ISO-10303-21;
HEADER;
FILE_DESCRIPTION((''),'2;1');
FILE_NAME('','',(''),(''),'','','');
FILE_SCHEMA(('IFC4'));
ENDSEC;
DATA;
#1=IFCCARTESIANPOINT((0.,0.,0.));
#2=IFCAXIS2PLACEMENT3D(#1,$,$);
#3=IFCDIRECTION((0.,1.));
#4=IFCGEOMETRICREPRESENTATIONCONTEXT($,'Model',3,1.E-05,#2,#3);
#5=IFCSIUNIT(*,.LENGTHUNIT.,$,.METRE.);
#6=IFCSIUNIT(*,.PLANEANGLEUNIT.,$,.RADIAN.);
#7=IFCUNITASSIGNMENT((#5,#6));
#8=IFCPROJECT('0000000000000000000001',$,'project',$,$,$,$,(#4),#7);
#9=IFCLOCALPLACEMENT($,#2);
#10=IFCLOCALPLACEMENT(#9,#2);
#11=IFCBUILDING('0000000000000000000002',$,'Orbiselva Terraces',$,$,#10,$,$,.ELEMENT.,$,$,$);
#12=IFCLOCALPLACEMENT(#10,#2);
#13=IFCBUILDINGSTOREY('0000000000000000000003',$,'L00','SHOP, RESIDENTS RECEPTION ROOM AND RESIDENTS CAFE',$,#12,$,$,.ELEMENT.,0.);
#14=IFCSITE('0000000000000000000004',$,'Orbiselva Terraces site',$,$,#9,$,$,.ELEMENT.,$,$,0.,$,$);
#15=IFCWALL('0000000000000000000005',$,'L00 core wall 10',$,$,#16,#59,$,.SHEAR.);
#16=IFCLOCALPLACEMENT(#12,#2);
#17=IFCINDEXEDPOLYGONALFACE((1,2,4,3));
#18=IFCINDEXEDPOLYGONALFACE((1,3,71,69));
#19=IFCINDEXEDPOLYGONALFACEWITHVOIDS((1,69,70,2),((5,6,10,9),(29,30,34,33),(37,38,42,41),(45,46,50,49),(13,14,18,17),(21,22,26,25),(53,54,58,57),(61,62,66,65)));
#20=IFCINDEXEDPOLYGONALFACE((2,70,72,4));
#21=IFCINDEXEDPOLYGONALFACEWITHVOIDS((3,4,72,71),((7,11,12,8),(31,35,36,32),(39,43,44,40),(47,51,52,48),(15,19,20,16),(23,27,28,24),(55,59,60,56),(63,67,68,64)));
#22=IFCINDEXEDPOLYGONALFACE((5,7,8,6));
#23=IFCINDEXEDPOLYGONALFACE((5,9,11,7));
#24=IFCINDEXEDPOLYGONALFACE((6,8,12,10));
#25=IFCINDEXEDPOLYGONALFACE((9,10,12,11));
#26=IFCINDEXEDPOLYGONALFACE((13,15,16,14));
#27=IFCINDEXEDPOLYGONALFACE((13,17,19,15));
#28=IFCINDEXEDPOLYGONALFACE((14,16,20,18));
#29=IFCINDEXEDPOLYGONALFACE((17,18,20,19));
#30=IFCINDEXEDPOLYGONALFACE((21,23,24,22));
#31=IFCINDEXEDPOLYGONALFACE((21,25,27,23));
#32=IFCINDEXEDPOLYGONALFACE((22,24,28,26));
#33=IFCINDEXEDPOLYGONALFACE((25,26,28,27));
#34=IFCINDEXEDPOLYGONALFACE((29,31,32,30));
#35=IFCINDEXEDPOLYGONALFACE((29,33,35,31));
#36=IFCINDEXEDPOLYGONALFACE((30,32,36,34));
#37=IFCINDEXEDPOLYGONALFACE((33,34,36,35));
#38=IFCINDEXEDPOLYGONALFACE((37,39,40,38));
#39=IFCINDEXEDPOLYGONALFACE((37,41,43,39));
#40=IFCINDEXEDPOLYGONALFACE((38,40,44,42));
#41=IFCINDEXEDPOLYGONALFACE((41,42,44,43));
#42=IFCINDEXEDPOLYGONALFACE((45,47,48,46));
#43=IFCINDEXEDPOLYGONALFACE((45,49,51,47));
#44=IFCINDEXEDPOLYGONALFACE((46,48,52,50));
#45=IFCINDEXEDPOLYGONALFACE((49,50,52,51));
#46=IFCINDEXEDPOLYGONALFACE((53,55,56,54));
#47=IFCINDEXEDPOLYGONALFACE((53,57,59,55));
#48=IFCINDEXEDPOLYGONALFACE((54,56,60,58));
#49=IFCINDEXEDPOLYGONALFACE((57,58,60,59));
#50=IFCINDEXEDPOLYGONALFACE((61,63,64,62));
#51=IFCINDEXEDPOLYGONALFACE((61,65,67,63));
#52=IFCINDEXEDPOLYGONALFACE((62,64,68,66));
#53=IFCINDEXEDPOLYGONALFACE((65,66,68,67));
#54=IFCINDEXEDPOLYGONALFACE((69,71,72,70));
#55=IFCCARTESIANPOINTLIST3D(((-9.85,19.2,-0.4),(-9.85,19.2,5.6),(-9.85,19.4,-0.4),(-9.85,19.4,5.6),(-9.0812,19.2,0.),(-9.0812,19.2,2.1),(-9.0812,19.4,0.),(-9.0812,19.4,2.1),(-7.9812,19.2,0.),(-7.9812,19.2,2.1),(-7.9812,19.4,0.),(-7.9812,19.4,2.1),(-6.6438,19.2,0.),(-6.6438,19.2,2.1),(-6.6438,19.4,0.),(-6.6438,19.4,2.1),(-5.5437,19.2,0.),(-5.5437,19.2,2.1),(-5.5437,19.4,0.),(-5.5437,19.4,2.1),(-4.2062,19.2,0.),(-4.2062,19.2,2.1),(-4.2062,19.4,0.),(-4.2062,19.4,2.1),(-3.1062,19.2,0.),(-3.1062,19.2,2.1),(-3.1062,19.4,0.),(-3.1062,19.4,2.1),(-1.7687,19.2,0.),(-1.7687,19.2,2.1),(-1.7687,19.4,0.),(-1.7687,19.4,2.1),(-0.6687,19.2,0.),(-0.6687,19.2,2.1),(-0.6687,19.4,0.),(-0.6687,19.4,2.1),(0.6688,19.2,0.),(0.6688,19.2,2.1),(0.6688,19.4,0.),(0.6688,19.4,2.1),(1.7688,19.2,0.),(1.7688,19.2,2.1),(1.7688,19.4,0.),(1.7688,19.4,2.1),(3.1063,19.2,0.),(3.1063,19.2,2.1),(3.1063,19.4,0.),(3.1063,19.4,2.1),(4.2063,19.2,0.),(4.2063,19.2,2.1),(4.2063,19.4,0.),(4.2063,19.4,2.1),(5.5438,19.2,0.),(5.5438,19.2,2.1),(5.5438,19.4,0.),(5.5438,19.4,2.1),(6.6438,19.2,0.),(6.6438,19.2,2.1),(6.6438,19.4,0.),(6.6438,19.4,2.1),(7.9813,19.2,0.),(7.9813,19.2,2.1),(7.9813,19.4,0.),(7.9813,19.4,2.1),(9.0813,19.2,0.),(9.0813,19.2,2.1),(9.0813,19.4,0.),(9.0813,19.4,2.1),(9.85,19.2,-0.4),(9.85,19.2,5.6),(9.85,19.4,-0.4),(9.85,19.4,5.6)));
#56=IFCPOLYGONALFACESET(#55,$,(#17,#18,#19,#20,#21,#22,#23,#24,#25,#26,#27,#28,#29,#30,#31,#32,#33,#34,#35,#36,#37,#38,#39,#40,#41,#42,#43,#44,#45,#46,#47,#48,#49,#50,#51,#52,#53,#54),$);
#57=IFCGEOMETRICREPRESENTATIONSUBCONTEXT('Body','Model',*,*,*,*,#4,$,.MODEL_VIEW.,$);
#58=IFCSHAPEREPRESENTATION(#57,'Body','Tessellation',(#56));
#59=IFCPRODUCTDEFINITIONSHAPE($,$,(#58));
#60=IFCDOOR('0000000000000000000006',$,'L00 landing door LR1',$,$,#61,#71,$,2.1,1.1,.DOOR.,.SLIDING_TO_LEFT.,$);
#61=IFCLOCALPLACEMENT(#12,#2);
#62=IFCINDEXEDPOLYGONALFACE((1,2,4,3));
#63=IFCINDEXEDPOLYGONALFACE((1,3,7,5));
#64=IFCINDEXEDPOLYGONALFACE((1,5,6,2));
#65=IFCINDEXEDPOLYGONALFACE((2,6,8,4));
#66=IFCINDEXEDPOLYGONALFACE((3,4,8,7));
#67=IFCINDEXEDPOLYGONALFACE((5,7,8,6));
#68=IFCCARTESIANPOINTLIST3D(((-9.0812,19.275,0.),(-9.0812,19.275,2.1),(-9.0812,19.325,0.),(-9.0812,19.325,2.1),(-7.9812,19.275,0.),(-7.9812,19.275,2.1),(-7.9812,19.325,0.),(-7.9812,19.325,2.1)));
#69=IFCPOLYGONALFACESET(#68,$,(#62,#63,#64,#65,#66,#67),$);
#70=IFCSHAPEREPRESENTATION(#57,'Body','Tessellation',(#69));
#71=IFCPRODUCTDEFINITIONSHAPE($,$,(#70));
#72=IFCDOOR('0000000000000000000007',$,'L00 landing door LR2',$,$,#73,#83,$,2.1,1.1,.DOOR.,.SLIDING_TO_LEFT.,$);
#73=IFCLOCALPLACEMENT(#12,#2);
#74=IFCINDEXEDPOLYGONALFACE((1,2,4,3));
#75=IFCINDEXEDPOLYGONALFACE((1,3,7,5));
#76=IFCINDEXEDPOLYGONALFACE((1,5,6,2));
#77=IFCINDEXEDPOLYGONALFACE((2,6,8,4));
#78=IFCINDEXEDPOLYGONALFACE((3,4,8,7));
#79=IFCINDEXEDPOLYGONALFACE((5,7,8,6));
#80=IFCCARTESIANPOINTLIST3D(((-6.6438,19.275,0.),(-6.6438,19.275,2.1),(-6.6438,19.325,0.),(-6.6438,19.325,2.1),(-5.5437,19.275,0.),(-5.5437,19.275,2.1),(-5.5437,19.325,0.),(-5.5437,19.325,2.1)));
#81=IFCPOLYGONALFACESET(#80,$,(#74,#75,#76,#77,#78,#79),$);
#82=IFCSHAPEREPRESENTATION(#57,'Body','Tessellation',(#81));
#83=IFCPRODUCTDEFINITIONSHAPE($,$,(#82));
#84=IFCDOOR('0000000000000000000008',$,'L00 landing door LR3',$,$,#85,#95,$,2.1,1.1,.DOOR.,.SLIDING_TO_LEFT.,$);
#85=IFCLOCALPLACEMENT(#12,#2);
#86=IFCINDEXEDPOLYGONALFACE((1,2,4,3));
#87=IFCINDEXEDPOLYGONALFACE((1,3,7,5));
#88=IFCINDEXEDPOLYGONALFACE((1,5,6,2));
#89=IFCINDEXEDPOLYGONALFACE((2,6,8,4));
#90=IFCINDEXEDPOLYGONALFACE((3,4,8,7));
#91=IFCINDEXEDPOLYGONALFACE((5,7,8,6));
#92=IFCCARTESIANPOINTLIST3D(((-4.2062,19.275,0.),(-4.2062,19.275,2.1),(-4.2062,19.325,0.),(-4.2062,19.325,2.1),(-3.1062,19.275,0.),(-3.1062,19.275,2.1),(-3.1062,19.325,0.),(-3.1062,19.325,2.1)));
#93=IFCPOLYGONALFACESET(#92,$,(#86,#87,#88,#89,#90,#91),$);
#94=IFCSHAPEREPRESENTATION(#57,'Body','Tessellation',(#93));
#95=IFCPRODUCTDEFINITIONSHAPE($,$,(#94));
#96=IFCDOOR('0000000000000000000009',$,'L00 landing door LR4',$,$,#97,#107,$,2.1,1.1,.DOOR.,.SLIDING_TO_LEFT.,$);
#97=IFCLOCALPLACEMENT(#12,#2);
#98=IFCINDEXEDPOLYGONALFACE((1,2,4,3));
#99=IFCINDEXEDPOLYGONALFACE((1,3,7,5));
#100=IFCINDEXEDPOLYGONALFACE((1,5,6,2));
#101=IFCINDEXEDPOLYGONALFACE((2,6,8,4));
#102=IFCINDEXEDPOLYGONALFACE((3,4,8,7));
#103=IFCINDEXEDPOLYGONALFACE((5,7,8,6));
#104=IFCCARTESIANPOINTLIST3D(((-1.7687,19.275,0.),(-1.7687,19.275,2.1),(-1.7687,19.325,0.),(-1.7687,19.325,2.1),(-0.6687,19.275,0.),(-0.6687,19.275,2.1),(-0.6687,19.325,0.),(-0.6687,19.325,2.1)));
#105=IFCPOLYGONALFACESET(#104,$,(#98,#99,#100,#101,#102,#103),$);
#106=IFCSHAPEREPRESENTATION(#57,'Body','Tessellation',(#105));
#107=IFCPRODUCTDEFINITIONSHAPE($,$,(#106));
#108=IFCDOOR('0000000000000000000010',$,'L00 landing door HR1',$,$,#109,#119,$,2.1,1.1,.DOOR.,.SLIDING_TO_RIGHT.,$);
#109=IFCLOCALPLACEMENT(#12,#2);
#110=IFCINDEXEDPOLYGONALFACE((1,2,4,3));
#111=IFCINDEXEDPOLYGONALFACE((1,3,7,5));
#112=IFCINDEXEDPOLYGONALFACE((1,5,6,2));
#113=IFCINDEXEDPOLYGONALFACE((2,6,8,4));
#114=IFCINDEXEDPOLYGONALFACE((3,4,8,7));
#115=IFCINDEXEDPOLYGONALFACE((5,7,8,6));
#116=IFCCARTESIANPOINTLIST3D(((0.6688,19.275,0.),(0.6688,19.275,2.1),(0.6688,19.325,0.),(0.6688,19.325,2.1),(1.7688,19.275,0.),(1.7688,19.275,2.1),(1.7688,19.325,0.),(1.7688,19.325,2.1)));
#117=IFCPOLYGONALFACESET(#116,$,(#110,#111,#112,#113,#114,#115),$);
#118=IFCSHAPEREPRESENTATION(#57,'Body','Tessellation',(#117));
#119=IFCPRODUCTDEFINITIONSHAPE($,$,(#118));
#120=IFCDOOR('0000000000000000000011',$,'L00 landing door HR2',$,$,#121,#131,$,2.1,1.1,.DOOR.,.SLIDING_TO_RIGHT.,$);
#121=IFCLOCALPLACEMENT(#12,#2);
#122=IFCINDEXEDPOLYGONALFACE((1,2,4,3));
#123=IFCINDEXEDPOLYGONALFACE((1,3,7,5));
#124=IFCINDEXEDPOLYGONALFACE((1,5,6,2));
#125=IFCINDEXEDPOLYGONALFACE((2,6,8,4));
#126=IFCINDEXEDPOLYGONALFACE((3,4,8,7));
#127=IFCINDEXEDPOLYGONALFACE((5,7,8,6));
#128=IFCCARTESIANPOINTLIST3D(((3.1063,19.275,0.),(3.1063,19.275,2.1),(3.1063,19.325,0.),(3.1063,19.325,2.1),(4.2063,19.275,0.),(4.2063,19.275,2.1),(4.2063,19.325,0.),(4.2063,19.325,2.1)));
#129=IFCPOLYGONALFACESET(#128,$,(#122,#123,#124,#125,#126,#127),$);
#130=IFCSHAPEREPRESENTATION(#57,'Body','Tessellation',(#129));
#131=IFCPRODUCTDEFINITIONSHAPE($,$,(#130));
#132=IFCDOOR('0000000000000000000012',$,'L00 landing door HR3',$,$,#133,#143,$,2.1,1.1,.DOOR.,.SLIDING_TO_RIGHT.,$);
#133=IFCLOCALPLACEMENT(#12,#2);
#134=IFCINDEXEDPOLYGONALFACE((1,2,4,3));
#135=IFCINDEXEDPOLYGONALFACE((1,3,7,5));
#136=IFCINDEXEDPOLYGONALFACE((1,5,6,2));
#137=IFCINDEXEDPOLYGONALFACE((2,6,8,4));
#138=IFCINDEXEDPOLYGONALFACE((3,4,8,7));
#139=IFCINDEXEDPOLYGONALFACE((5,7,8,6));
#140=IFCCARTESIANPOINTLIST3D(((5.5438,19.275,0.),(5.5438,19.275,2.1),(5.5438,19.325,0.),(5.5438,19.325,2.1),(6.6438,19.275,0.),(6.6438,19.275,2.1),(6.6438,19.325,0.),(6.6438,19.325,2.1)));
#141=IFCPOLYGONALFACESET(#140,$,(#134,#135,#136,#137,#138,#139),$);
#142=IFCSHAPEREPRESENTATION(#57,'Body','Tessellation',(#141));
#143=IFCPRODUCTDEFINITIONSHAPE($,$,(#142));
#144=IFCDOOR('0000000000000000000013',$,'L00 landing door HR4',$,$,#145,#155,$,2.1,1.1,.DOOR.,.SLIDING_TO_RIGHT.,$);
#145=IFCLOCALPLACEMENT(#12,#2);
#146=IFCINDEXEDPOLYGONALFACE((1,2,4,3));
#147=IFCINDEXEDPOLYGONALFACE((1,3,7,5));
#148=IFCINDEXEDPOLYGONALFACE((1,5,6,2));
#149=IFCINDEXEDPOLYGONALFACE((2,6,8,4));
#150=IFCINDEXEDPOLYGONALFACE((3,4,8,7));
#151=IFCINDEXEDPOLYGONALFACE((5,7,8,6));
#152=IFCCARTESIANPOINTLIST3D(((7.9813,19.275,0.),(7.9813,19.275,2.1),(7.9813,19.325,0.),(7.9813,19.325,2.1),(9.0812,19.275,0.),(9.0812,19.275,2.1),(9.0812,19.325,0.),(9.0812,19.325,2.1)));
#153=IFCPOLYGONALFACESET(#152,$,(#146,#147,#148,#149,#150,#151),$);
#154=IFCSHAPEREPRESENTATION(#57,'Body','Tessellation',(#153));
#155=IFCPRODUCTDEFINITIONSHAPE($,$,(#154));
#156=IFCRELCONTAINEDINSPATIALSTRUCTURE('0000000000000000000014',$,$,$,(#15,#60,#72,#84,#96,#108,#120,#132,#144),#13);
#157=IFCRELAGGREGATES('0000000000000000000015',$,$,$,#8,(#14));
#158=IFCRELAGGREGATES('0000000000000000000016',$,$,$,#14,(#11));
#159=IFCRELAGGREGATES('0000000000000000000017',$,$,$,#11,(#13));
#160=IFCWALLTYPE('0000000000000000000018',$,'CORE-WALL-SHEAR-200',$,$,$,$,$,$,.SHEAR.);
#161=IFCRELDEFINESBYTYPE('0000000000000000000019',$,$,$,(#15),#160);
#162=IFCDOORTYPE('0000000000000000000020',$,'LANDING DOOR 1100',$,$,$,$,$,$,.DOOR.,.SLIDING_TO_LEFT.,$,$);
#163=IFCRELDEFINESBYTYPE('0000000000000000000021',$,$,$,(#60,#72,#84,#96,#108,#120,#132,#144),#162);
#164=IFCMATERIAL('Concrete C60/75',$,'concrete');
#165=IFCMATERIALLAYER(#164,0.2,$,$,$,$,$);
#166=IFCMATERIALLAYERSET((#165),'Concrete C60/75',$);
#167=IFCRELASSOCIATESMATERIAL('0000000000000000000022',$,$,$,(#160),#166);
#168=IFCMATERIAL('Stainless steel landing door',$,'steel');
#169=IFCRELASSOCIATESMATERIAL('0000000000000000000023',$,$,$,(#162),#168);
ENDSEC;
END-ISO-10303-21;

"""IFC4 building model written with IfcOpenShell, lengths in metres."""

from ifc_helpers import new_model, si_unit, direction, frame, frame_2d, origin, place, context, subcontext, project, spatial, rectangle, extrude, material, layer, layer_set, type_object, element, fill, save


model = new_model("IFC4")

# Units and contexts
model_context = context("Model", 3, precision=1e-05, world=origin(), true_north=direction((0.0, 1.0)))
body_context = subcontext(model_context, "Body", "Model", "MODEL_VIEW")
ifc_project = project(units=[si_unit("LENGTHUNIT", "METRE"), si_unit("PLANEANGLEUNIT", "RADIAN")], contexts=[model_context])

# Site, building, storey
site_placement = place(None, origin())
site = spatial("IfcSite", under=ifc_project, at=site_placement, Name="Orbiselva Terraces site", CompositionType="ELEMENT", RefElevation=0.0)
building_placement = place(site_placement, origin())
building = spatial("IfcBuilding", under=site, at=building_placement, Name="Orbiselva Terraces", CompositionType="ELEMENT")
storey_placement = place(building_placement, origin())
storey = spatial("IfcBuildingStorey", under=building, at=storey_placement, Name="L00", Description="SHOP, RESIDENTS RECEPTION ROOM AND RESIDENTS CAFE", CompositionType="ELEMENT", Elevation=0.0)

# Shared definitions
ifc_material_1 = material(Name="Concrete C60/75", Category="concrete")
ifc_layer_1 = layer(ifc_material_1, 0.2)
ifc_layer_set_1 = layer_set([ifc_layer_1], Name="Concrete C60/75")
wall_type_1 = type_object("IfcWallType", Name="CORE-WALL-SHEAR-200", PredefinedType="SHEAR", material=ifc_layer_set_1)

# Wall, openings, doors
wall_1_placement = place(storey_placement, frame((-9.85, 19.3, -0.4), z_axis=(0.0, 0.0, 1.0), x_axis=(1.0, 0.0, 0.0)))
wall_1 = element("IfcWall", 1, at=wall_1_placement, inside=storey, type_object=wall_type_1, Name="L00 core wall 10", PredefinedType="SHEAR", context=body_context, shape_type="SweptSolid", body=[
    extrude(rectangle(XDim=19.7, YDim=0.2, at=frame_2d((9.85, 0.0))), origin(), (0.0, 0.0, 1.0), 6.0),
])
opening_1_placement = place(wall_1_placement, frame((0.7688, 0.0, 0.4)))
opening_1 = element("IfcOpeningElement", 2, at=opening_1_placement, cuts=wall_1, PredefinedType="OPENING", context=body_context, shape_type="SweptSolid", body=[
    extrude(rectangle(XDim=1.1, YDim=2.1, at=frame_2d((0.55, 1.05))), frame((0.0, 0.11, 0.0), z_axis=(0.0, -1.0, 0.0), x_axis=(1.0, 0.0, 0.0)), (0.0, 0.0, 1.0), 0.22),
])
opening_2_placement = place(wall_1_placement, frame((3.2062, 0.0, 0.4)))
opening_2 = element("IfcOpeningElement", 3, at=opening_2_placement, cuts=wall_1, PredefinedType="OPENING", context=body_context, shape_type="SweptSolid", body=[
    extrude(rectangle(XDim=1.1, YDim=2.1, at=frame_2d((0.55, 1.05))), frame((0.0, 0.11, 0.0), z_axis=(0.0, -1.0, 0.0), x_axis=(1.0, 0.0, 0.0)), (0.0, 0.0, 1.0), 0.22),
])
opening_3_placement = place(wall_1_placement, frame((5.6437, 0.0, 0.4)))
opening_3 = element("IfcOpeningElement", 4, at=opening_3_placement, cuts=wall_1, PredefinedType="OPENING", context=body_context, shape_type="SweptSolid", body=[
    extrude(rectangle(XDim=1.1, YDim=2.1, at=frame_2d((0.55, 1.05))), frame((0.0, 0.11, 0.0), z_axis=(0.0, -1.0, 0.0), x_axis=(1.0, 0.0, 0.0)), (0.0, 0.0, 1.0), 0.22),
])
opening_4_placement = place(wall_1_placement, frame((8.0813, 0.0, 0.4)))
opening_4 = element("IfcOpeningElement", 5, at=opening_4_placement, cuts=wall_1, PredefinedType="OPENING", context=body_context, shape_type="SweptSolid", body=[
    extrude(rectangle(XDim=1.1, YDim=2.1, at=frame_2d((0.55, 1.05))), frame((0.0, 0.11, 0.0), z_axis=(0.0, -1.0, 0.0), x_axis=(1.0, 0.0, 0.0)), (0.0, 0.0, 1.0), 0.22),
])
opening_5_placement = place(wall_1_placement, frame((10.5188, 0.0, 0.4)))
opening_5 = element("IfcOpeningElement", 6, at=opening_5_placement, cuts=wall_1, PredefinedType="OPENING", context=body_context, shape_type="SweptSolid", body=[
    extrude(rectangle(XDim=1.1, YDim=2.1, at=frame_2d((0.55, 1.05))), frame((0.0, 0.11, 0.0), z_axis=(0.0, -1.0, 0.0), x_axis=(1.0, 0.0, 0.0)), (0.0, 0.0, 1.0), 0.22),
])
opening_6_placement = place(wall_1_placement, frame((12.9563, 0.0, 0.4)))
opening_6 = element("IfcOpeningElement", 7, at=opening_6_placement, cuts=wall_1, PredefinedType="OPENING", context=body_context, shape_type="SweptSolid", body=[
    extrude(rectangle(XDim=1.1, YDim=2.1, at=frame_2d((0.55, 1.05))), frame((0.0, 0.11, 0.0), z_axis=(0.0, -1.0, 0.0), x_axis=(1.0, 0.0, 0.0)), (0.0, 0.0, 1.0), 0.22),
])
opening_7_placement = place(wall_1_placement, frame((15.3938, 0.0, 0.4)))
opening_7 = element("IfcOpeningElement", 8, at=opening_7_placement, cuts=wall_1, PredefinedType="OPENING", context=body_context, shape_type="SweptSolid", body=[
    extrude(rectangle(XDim=1.1, YDim=2.1, at=frame_2d((0.55, 1.05))), frame((0.0, 0.11, 0.0), z_axis=(0.0, -1.0, 0.0), x_axis=(1.0, 0.0, 0.0)), (0.0, 0.0, 1.0), 0.22),
])
opening_8_placement = place(wall_1_placement, frame((17.8313, 0.0, 0.4)))
opening_8 = element("IfcOpeningElement", 9, at=opening_8_placement, cuts=wall_1, PredefinedType="OPENING", context=body_context, shape_type="SweptSolid", body=[
    extrude(rectangle(XDim=1.1, YDim=2.1, at=frame_2d((0.55, 1.05))), frame((0.0, 0.11, 0.0), z_axis=(0.0, -1.0, 0.0), x_axis=(1.0, 0.0, 0.0)), (0.0, 0.0, 1.0), 0.22),
])
ifc_material_2 = material(Name="Stainless steel landing door", Category="steel")
door_type_1 = type_object("IfcDoorType", Name="LANDING DOOR 1100", OperationType="SLIDING_TO_LEFT", PredefinedType="DOOR", material=ifc_material_2)
door_1_placement = place(opening_1_placement, origin())
door_1 = element("IfcDoor", 10, at=door_1_placement, inside=storey, type_object=door_type_1, Name="L00 landing door LR1", OperationType="SLIDING_TO_LEFT", OverallHeight=2.1, OverallWidth=1.1, PredefinedType="DOOR", context=body_context, shape_type="SweptSolid", body=[
    extrude(rectangle(XDim=1.1, YDim=2.1, at=frame_2d((0.55, 1.05))), frame((0.0, 0.025, 0.0), z_axis=(0.0, -1.0, 0.0), x_axis=(1.0, 0.0, 0.0)), (0.0, 0.0, 1.0), 0.05),
])
fill(opening_1, door_1)
door_2_placement = place(opening_2_placement, origin())
door_2 = element("IfcDoor", 11, at=door_2_placement, inside=storey, type_object=door_type_1, Name="L00 landing door LR2", OperationType="SLIDING_TO_LEFT", OverallHeight=2.1, OverallWidth=1.1, PredefinedType="DOOR", context=body_context, shape_type="SweptSolid", body=[
    extrude(rectangle(XDim=1.1, YDim=2.1, at=frame_2d((0.55, 1.05))), frame((0.0, 0.025, 0.0), z_axis=(0.0, -1.0, 0.0), x_axis=(1.0, 0.0, 0.0)), (0.0, 0.0, 1.0), 0.05),
])
fill(opening_2, door_2)
door_3_placement = place(opening_3_placement, origin())
door_3 = element("IfcDoor", 12, at=door_3_placement, inside=storey, type_object=door_type_1, Name="L00 landing door LR3", OperationType="SLIDING_TO_LEFT", OverallHeight=2.1, OverallWidth=1.1, PredefinedType="DOOR", context=body_context, shape_type="SweptSolid", body=[
    extrude(rectangle(XDim=1.1, YDim=2.1, at=frame_2d((0.55, 1.05))), frame((0.0, 0.025, 0.0), z_axis=(0.0, -1.0, 0.0), x_axis=(1.0, 0.0, 0.0)), (0.0, 0.0, 1.0), 0.05),
])
fill(opening_3, door_3)
door_4_placement = place(opening_4_placement, origin())
door_4 = element("IfcDoor", 13, at=door_4_placement, inside=storey, type_object=door_type_1, Name="L00 landing door LR4", OperationType="SLIDING_TO_LEFT", OverallHeight=2.1, OverallWidth=1.1, PredefinedType="DOOR", context=body_context, shape_type="SweptSolid", body=[
    extrude(rectangle(XDim=1.1, YDim=2.1, at=frame_2d((0.55, 1.05))), frame((0.0, 0.025, 0.0), z_axis=(0.0, -1.0, 0.0), x_axis=(1.0, 0.0, 0.0)), (0.0, 0.0, 1.0), 0.05),
])
fill(opening_4, door_4)
door_5_placement = place(opening_5_placement, origin())
door_5 = element("IfcDoor", 14, at=door_5_placement, inside=storey, type_object=door_type_1, Name="L00 landing door HR1", OperationType="SLIDING_TO_RIGHT", OverallHeight=2.1, OverallWidth=1.1, PredefinedType="DOOR", context=body_context, shape_type="SweptSolid", body=[
    extrude(rectangle(XDim=1.1, YDim=2.1, at=frame_2d((0.55, 1.05))), frame((0.0, 0.025, 0.0), z_axis=(0.0, -1.0, 0.0), x_axis=(1.0, 0.0, 0.0)), (0.0, 0.0, 1.0), 0.05),
])
fill(opening_5, door_5)
door_6_placement = place(opening_6_placement, origin())
door_6 = element("IfcDoor", 15, at=door_6_placement, inside=storey, type_object=door_type_1, Name="L00 landing door HR2", OperationType="SLIDING_TO_RIGHT", OverallHeight=2.1, OverallWidth=1.1, PredefinedType="DOOR", context=body_context, shape_type="SweptSolid", body=[
    extrude(rectangle(XDim=1.1, YDim=2.1, at=frame_2d((0.55, 1.05))), frame((0.0, 0.025, 0.0), z_axis=(0.0, -1.0, 0.0), x_axis=(1.0, 0.0, 0.0)), (0.0, 0.0, 1.0), 0.05),
])
fill(opening_6, door_6)
door_7_placement = place(opening_7_placement, origin())
door_7 = element("IfcDoor", 16, at=door_7_placement, inside=storey, type_object=door_type_1, Name="L00 landing door HR3", OperationType="SLIDING_TO_RIGHT", OverallHeight=2.1, OverallWidth=1.1, PredefinedType="DOOR", context=body_context, shape_type="SweptSolid", body=[
    extrude(rectangle(XDim=1.1, YDim=2.1, at=frame_2d((0.55, 1.05))), frame((0.0, 0.025, 0.0), z_axis=(0.0, -1.0, 0.0), x_axis=(1.0, 0.0, 0.0)), (0.0, 0.0, 1.0), 0.05),
])
fill(opening_7, door_7)
door_8_placement = place(opening_8_placement, origin())
door_8 = element("IfcDoor", 17, at=door_8_placement, inside=storey, type_object=door_type_1, Name="L00 landing door HR4", OperationType="SLIDING_TO_RIGHT", OverallHeight=2.1, OverallWidth=1.1, PredefinedType="DOOR", context=body_context, shape_type="SweptSolid", body=[
    extrude(rectangle(XDim=1.1, YDim=2.1, at=frame_2d((0.55, 1.05))), frame((0.0, 0.025, 0.0), z_axis=(0.0, -1.0, 0.0), x_axis=(1.0, 0.0, 0.0)), (0.0, 0.0, 1.0), 0.05),
])
fill(opening_8, door_8)

save(model, "model.ifc")
